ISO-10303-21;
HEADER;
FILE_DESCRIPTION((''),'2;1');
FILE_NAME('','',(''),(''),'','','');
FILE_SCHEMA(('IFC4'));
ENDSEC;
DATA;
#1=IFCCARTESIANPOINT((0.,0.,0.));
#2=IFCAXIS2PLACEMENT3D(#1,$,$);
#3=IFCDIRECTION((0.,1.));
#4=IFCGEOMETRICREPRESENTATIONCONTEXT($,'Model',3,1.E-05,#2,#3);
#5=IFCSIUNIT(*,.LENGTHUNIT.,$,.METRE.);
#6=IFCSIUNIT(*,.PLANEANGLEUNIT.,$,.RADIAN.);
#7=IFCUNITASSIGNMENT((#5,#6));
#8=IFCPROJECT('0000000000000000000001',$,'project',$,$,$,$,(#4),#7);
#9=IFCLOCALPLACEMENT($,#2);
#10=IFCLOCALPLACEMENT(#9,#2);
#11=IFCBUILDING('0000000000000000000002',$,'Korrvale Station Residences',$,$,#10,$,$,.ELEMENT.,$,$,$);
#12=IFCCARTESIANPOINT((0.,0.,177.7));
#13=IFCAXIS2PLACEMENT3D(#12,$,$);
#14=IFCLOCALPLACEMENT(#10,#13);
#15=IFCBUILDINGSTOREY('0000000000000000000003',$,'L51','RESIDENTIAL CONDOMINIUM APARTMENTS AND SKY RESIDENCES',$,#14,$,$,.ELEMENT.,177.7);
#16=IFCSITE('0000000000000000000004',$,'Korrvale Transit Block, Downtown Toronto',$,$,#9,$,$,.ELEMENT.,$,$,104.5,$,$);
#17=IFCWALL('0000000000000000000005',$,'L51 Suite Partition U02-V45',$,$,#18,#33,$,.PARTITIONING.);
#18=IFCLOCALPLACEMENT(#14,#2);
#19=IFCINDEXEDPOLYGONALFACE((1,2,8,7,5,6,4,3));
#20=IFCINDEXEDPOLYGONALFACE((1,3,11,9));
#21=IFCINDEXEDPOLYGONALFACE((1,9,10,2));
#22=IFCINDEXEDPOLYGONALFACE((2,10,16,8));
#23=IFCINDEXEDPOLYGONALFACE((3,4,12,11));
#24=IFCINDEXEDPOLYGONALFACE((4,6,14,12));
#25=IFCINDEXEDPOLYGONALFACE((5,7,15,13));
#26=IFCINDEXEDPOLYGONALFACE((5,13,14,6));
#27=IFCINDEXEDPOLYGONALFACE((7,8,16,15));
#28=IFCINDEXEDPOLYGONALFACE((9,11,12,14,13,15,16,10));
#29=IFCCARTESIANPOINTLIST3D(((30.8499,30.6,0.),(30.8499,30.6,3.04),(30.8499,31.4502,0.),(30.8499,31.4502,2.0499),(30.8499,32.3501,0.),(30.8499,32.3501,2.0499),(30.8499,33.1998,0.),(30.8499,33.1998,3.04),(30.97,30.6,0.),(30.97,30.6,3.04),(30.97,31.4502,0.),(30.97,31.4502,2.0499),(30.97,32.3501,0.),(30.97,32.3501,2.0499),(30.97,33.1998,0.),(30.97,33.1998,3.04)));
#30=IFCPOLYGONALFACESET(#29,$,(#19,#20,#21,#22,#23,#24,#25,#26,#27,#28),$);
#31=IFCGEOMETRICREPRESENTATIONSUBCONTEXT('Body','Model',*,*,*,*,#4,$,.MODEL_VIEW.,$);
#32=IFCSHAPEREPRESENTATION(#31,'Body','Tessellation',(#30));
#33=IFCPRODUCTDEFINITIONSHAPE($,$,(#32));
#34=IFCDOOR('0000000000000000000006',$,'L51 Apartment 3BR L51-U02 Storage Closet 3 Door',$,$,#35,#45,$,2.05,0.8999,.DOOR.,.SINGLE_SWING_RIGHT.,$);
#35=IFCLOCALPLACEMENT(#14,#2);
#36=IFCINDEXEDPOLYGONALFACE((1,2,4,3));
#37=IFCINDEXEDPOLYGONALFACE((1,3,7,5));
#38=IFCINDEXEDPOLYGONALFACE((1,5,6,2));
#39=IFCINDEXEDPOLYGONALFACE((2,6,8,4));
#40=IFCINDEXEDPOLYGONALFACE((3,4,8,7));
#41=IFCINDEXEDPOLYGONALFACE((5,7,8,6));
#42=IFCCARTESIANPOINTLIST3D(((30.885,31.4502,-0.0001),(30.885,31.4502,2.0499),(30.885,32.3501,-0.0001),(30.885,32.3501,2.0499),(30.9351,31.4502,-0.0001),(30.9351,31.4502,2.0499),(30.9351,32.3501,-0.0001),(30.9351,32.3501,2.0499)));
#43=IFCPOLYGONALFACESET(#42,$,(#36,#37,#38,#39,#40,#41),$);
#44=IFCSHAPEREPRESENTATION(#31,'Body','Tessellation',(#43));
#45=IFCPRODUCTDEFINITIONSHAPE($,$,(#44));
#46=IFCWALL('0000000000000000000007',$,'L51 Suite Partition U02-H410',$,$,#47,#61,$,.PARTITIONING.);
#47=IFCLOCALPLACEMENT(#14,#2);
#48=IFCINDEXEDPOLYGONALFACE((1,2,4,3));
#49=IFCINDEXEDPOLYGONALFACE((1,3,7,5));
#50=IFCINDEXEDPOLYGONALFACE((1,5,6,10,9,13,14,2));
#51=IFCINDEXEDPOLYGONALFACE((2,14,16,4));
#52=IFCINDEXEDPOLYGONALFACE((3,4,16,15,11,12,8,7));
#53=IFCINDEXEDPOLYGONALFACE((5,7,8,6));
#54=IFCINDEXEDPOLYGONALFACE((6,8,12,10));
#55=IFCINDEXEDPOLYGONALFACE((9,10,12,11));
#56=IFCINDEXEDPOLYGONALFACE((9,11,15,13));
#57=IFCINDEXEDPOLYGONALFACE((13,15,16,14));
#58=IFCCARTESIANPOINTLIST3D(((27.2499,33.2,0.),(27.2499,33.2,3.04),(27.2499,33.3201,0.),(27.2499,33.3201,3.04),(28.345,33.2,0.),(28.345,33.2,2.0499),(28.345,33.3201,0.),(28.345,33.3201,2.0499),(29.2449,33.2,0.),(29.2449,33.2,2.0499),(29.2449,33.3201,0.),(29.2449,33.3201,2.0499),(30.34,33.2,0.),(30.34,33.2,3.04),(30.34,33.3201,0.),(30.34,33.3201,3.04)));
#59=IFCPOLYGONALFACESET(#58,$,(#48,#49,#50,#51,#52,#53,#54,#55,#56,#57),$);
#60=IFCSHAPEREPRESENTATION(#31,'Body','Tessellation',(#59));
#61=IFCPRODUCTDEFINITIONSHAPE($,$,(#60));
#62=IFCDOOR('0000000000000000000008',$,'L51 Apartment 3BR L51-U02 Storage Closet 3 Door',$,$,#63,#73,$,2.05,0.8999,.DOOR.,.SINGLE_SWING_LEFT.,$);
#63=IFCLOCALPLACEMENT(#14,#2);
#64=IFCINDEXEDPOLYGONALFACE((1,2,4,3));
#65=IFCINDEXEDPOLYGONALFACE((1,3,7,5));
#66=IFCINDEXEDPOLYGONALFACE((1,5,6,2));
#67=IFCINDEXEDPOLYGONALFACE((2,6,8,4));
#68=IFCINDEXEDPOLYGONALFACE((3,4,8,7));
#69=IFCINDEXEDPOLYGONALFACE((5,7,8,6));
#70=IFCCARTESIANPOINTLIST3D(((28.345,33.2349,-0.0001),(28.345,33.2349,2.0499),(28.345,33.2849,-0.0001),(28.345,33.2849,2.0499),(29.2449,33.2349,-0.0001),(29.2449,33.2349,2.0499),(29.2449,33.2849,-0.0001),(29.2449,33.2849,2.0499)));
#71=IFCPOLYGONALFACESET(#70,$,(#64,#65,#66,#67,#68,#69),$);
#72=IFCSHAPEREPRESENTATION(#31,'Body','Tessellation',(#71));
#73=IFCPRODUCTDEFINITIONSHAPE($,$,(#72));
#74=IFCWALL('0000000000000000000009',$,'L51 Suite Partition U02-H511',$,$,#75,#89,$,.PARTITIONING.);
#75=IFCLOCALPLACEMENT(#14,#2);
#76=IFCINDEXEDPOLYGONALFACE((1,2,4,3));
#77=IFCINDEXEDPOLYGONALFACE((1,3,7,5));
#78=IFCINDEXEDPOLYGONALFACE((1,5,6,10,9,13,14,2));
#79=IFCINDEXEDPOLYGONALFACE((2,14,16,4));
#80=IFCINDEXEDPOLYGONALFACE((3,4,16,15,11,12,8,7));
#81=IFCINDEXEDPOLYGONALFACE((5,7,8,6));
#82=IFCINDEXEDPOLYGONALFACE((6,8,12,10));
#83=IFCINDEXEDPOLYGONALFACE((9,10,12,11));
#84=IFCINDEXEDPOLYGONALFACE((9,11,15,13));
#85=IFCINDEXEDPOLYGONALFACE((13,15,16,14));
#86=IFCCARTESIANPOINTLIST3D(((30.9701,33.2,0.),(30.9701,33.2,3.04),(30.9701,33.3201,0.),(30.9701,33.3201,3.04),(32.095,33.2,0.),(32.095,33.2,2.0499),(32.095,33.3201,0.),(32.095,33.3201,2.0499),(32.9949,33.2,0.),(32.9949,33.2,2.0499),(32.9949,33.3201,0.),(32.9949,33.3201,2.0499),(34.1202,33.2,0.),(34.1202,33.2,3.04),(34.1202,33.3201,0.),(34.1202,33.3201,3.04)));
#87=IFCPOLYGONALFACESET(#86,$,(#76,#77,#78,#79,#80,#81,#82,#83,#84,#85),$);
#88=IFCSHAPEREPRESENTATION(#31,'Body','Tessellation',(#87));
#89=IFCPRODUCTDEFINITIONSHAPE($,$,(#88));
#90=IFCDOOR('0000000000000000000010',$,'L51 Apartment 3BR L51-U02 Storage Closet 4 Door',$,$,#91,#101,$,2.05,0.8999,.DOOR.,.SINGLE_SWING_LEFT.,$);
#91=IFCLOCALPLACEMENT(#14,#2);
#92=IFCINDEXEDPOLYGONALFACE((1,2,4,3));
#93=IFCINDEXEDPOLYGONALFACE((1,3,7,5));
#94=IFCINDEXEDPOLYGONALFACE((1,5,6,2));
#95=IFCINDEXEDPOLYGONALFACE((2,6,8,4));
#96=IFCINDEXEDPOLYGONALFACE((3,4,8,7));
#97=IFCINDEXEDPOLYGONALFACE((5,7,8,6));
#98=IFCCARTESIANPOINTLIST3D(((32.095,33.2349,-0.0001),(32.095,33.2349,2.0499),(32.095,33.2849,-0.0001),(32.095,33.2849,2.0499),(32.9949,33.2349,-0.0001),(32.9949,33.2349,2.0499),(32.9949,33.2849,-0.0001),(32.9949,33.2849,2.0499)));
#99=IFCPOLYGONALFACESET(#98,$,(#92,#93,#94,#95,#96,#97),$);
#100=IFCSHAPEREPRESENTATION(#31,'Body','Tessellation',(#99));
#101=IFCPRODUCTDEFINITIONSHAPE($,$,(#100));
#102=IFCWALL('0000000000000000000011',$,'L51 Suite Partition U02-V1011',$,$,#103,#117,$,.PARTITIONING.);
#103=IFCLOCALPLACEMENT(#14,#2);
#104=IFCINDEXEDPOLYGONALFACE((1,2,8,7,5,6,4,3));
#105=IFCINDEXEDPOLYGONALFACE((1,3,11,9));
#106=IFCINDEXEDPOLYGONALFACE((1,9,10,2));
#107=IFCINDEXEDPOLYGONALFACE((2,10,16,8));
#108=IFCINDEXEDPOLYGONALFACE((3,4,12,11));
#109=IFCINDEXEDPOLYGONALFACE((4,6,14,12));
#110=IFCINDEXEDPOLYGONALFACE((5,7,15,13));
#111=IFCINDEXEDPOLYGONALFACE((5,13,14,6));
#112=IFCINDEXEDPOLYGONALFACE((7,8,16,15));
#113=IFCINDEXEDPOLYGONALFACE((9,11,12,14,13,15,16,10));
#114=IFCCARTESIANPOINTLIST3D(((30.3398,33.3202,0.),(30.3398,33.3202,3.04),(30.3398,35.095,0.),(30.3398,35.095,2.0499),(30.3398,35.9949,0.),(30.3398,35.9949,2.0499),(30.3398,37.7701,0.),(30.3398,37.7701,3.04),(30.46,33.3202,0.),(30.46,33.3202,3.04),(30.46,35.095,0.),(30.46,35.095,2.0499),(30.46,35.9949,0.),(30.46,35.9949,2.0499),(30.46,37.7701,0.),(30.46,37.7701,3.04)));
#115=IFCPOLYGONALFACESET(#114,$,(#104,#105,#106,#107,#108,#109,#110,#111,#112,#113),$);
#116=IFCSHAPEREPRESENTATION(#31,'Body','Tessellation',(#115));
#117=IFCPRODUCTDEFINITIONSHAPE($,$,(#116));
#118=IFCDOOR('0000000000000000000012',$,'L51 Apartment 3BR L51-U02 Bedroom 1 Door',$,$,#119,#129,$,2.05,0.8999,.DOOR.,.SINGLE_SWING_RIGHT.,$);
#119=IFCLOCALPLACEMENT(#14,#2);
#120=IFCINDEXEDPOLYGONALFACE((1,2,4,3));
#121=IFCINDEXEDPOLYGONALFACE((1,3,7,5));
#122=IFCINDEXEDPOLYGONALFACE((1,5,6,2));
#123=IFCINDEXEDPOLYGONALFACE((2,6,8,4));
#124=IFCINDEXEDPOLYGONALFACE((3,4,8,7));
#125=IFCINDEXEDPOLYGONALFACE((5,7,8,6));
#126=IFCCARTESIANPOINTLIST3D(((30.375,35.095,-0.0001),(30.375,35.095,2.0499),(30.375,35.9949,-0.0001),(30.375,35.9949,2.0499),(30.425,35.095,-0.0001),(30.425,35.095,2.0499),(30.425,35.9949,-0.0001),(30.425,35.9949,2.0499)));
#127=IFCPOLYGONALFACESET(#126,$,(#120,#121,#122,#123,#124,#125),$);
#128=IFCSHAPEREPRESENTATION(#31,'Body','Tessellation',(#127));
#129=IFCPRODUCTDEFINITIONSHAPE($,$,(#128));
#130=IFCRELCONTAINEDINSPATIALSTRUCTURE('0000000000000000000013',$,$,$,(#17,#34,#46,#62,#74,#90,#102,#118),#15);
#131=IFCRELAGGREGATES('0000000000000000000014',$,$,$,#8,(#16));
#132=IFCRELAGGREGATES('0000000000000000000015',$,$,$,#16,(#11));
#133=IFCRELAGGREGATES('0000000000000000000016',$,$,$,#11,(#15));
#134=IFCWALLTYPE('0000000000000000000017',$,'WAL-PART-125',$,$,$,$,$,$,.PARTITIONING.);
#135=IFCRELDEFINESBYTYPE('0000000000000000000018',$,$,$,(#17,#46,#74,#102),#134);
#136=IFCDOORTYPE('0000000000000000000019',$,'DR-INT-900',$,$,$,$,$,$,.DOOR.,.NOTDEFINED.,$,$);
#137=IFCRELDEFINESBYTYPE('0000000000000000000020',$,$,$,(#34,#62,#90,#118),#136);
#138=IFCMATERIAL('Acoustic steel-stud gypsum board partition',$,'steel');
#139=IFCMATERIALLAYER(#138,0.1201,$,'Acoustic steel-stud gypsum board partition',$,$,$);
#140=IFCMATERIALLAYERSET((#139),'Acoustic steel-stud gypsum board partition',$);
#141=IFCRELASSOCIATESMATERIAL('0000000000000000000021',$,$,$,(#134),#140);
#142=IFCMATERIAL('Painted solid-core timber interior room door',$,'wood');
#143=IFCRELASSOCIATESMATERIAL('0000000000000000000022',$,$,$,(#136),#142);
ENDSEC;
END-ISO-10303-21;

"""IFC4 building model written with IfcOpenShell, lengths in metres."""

from ifc_helpers import new_model, si_unit, direction, frame, frame_2d, origin, place, context, subcontext, project, spatial, rectangle, extrude, material, layer, layer_set, type_object, element, fill, save


model = new_model("IFC4")

# Units and contexts
model_context = context("Model", 3, precision=1e-05, world=origin(), true_north=direction((0.0, 1.0)))
body_context = subcontext(model_context, "Body", "Model", "MODEL_VIEW")
ifc_project = project(units=[si_unit("LENGTHUNIT", "METRE"), si_unit("PLANEANGLEUNIT", "RADIAN")], contexts=[model_context])

# Site, building, storey
site_placement = place(None, origin())
site = spatial("IfcSite", under=ifc_project, at=site_placement, Name="Korrvale Transit Block, Downtown Toronto", CompositionType="ELEMENT", RefElevation=104.5)
building_placement = place(site_placement, origin())
building = spatial("IfcBuilding", under=site, at=building_placement, Name="Korrvale Station Residences", CompositionType="ELEMENT")
storey_placement = place(building_placement, frame((0.0, 0.0, 177.7)))
storey = spatial("IfcBuildingStorey", under=building, at=storey_placement, Name="L51", Description="RESIDENTIAL CONDOMINIUM APARTMENTS AND SKY RESIDENCES", CompositionType="ELEMENT", Elevation=177.7)

# Walls, openings, doors
ifc_material_1 = material(Name="Acoustic steel-stud gypsum board partition", Category="steel")
ifc_layer_1 = layer(ifc_material_1, 0.1201, Name="Acoustic steel-stud gypsum board partition")
ifc_layer_set_1 = layer_set([ifc_layer_1], Name="Acoustic steel-stud gypsum board partition")
wall_type_1 = type_object("IfcWallType", Name="WAL-PART-125", PredefinedType="PARTITIONING", material=ifc_layer_set_1)
ifc_material_2 = material(Name="Painted solid-core timber interior room door", Category="wood")
door_type_1 = type_object("IfcDoorType", Name="DR-INT-900", OperationType="NOTDEFINED", PredefinedType="DOOR", material=ifc_material_2)
wall_1_placement = place(storey_placement, frame((30.9099, 30.6001, 0.0), z_axis=(0.0, 0.0, 1.0), x_axis=(0.0, 1.0, 0.0)))
wall_1 = element("IfcWall", 1, at=wall_1_placement, inside=storey, type_object=wall_type_1, Name="L51 Suite Partition U02-V45", PredefinedType="PARTITIONING", context=body_context, shape_type="SweptSolid", body=[
    extrude(rectangle(XDim=2.5999, YDim=0.1201, at=frame_2d((1.2998, 0.0))), origin(), (0.0, 0.0, 1.0), 3.04),
])
opening_1_placement = place(wall_1_placement, frame((0.8501, 0.0, 0.0)))
opening_1 = element("IfcOpeningElement", 2, at=opening_1_placement, cuts=wall_1, PredefinedType="OPENING", context=body_context, shape_type="SweptSolid", body=[
    extrude(rectangle(XDim=0.8999, YDim=2.05, at=frame_2d((0.45, 1.0249))), frame((0.0, 0.0701, 0.0), z_axis=(0.0, -1.0, 0.0), x_axis=(1.0, 0.0, 0.0)), (0.0, 0.0, 1.0), 0.1401),
])
door_1_placement = place(opening_1_placement, origin())
door_1 = element("IfcDoor", 3, at=door_1_placement, inside=storey, type_object=door_type_1, Name="L51 Apartment 3BR L51-U02 Storage Closet 3 Door", OperationType="SINGLE_SWING_RIGHT", OverallHeight=2.05, OverallWidth=0.8999, PredefinedType="DOOR", context=body_context, shape_type="SweptSolid", body=[
    extrude(rectangle(XDim=0.8999, YDim=2.05, at=frame_2d((0.45, 1.0249))), frame((0.0, 0.0249, 0.0), z_axis=(0.0, -1.0, 0.0), x_axis=(1.0, 0.0, 0.0)), (0.0, 0.0, 1.0), 0.05),
])
fill(opening_1, door_1)
wall_2_placement = place(storey_placement, frame((27.25, 33.26, 0.0), z_axis=(0.0, 0.0, 1.0), x_axis=(1.0, 0.0, 0.0)))
wall_2 = element("IfcWall", 4, at=wall_2_placement, inside=storey, type_object=wall_type_1, Name="L51 Suite Partition U02-H410", PredefinedType="PARTITIONING", context=body_context, shape_type="SweptSolid", body=[
    extrude(rectangle(XDim=3.0901, YDim=0.1201, at=frame_2d((1.5449, 0.0))), origin(), (0.0, 0.0, 1.0), 3.04),
])
opening_2_placement = place(wall_2_placement, frame((1.095, 0.0, 0.0)))
opening_2 = element("IfcOpeningElement", 5, at=opening_2_placement, cuts=wall_2, PredefinedType="OPENING", context=body_context, shape_type="SweptSolid", body=[
    extrude(rectangle(XDim=0.8999, YDim=2.05, at=frame_2d((0.45, 1.0249))), frame((0.0, 0.0701, 0.0), z_axis=(0.0, -1.0, 0.0), x_axis=(1.0, 0.0, 0.0)), (0.0, 0.0, 1.0), 0.1401),
])
door_2_placement = place(opening_2_placement, origin())
door_2 = element("IfcDoor", 6, at=door_2_placement, inside=storey, type_object=door_type_1, Name="L51 Apartment 3BR L51-U02 Storage Closet 3 Door", OperationType="SINGLE_SWING_LEFT", OverallHeight=2.05, OverallWidth=0.8999, PredefinedType="DOOR", context=body_context, shape_type="SweptSolid", body=[
    extrude(rectangle(XDim=0.8999, YDim=2.05, at=frame_2d((0.45, 1.0249))), frame((0.0, 0.0249, 0.0), z_axis=(0.0, -1.0, 0.0), x_axis=(1.0, 0.0, 0.0)), (0.0, 0.0, 1.0), 0.05),
])
fill(opening_2, door_2)
wall_3_placement = place(storey_placement, frame((30.97, 33.26, 0.0), z_axis=(0.0, 0.0, 1.0), x_axis=(1.0, 0.0, 0.0)))
wall_3 = element("IfcWall", 7, at=wall_3_placement, inside=storey, type_object=wall_type_1, Name="L51 Suite Partition U02-H511", PredefinedType="PARTITIONING", context=body_context, shape_type="SweptSolid", body=[
    extrude(rectangle(XDim=3.1501, YDim=0.1201, at=frame_2d((1.5752, 0.0))), origin(), (0.0, 0.0, 1.0), 3.04),
])
opening_3_placement = place(wall_3_placement, frame((1.125, 0.0, 0.0)))
opening_3 = element("IfcOpeningElement", 8, at=opening_3_placement, cuts=wall_3, PredefinedType="OPENING", context=body_context, shape_type="SweptSolid", body=[
    extrude(rectangle(XDim=0.8999, YDim=2.05, at=frame_2d((0.45, 1.0249))), frame((0.0, 0.0701, 0.0), z_axis=(0.0, -1.0, 0.0), x_axis=(1.0, 0.0, 0.0)), (0.0, 0.0, 1.0), 0.1401),
])
door_3_placement = place(opening_3_placement, origin())
door_3 = element("IfcDoor", 9, at=door_3_placement, inside=storey, type_object=door_type_1, Name="L51 Apartment 3BR L51-U02 Storage Closet 4 Door", OperationType="SINGLE_SWING_LEFT", OverallHeight=2.05, OverallWidth=0.8999, PredefinedType="DOOR", context=body_context, shape_type="SweptSolid", body=[
    extrude(rectangle(XDim=0.8999, YDim=2.05, at=frame_2d((0.45, 1.0249))), frame((0.0, 0.0249, 0.0), z_axis=(0.0, -1.0, 0.0), x_axis=(1.0, 0.0, 0.0)), (0.0, 0.0, 1.0), 0.05),
])
fill(opening_3, door_3)
wall_4_placement = place(storey_placement, frame((30.3999, 33.3201, 0.0), z_axis=(0.0, 0.0, 1.0), x_axis=(0.0, 1.0, 0.0)))
wall_4 = element("IfcWall", 10, at=wall_4_placement, inside=storey, type_object=wall_type_1, Name="L51 Suite Partition U02-V1011", PredefinedType="PARTITIONING", context=body_context, shape_type="SweptSolid", body=[
    extrude(rectangle(XDim=4.45, YDim=0.1201, at=frame_2d((2.2251, 0.0))), origin(), (0.0, 0.0, 1.0), 3.04),
])
opening_4_placement = place(wall_4_placement, frame((1.7749, 0.0, 0.0)))
opening_4 = element("IfcOpeningElement", 11, at=opening_4_placement, cuts=wall_4, PredefinedType="OPENING", context=body_context, shape_type="SweptSolid", body=[
    extrude(rectangle(XDim=0.8999, YDim=2.05, at=frame_2d((0.45, 1.0249))), frame((0.0, 0.0701, 0.0), z_axis=(0.0, -1.0, 0.0), x_axis=(1.0, 0.0, 0.0)), (0.0, 0.0, 1.0), 0.1401),
])
door_4_placement = place(opening_4_placement, origin())
door_4 = element("IfcDoor", 12, at=door_4_placement, inside=storey, type_object=door_type_1, Name="L51 Apartment 3BR L51-U02 Bedroom 1 Door", OperationType="SINGLE_SWING_RIGHT", OverallHeight=2.05, OverallWidth=0.8999, PredefinedType="DOOR", context=body_context, shape_type="SweptSolid", body=[
    extrude(rectangle(XDim=0.8999, YDim=2.05, at=frame_2d((0.45, 1.0249))), frame((0.0, 0.0249, 0.0), z_axis=(0.0, -1.0, 0.0), x_axis=(1.0, 0.0, 0.0)), (0.0, 0.0, 1.0), 0.05),
])
fill(opening_4, door_4)

save(model, "model.ifc")
